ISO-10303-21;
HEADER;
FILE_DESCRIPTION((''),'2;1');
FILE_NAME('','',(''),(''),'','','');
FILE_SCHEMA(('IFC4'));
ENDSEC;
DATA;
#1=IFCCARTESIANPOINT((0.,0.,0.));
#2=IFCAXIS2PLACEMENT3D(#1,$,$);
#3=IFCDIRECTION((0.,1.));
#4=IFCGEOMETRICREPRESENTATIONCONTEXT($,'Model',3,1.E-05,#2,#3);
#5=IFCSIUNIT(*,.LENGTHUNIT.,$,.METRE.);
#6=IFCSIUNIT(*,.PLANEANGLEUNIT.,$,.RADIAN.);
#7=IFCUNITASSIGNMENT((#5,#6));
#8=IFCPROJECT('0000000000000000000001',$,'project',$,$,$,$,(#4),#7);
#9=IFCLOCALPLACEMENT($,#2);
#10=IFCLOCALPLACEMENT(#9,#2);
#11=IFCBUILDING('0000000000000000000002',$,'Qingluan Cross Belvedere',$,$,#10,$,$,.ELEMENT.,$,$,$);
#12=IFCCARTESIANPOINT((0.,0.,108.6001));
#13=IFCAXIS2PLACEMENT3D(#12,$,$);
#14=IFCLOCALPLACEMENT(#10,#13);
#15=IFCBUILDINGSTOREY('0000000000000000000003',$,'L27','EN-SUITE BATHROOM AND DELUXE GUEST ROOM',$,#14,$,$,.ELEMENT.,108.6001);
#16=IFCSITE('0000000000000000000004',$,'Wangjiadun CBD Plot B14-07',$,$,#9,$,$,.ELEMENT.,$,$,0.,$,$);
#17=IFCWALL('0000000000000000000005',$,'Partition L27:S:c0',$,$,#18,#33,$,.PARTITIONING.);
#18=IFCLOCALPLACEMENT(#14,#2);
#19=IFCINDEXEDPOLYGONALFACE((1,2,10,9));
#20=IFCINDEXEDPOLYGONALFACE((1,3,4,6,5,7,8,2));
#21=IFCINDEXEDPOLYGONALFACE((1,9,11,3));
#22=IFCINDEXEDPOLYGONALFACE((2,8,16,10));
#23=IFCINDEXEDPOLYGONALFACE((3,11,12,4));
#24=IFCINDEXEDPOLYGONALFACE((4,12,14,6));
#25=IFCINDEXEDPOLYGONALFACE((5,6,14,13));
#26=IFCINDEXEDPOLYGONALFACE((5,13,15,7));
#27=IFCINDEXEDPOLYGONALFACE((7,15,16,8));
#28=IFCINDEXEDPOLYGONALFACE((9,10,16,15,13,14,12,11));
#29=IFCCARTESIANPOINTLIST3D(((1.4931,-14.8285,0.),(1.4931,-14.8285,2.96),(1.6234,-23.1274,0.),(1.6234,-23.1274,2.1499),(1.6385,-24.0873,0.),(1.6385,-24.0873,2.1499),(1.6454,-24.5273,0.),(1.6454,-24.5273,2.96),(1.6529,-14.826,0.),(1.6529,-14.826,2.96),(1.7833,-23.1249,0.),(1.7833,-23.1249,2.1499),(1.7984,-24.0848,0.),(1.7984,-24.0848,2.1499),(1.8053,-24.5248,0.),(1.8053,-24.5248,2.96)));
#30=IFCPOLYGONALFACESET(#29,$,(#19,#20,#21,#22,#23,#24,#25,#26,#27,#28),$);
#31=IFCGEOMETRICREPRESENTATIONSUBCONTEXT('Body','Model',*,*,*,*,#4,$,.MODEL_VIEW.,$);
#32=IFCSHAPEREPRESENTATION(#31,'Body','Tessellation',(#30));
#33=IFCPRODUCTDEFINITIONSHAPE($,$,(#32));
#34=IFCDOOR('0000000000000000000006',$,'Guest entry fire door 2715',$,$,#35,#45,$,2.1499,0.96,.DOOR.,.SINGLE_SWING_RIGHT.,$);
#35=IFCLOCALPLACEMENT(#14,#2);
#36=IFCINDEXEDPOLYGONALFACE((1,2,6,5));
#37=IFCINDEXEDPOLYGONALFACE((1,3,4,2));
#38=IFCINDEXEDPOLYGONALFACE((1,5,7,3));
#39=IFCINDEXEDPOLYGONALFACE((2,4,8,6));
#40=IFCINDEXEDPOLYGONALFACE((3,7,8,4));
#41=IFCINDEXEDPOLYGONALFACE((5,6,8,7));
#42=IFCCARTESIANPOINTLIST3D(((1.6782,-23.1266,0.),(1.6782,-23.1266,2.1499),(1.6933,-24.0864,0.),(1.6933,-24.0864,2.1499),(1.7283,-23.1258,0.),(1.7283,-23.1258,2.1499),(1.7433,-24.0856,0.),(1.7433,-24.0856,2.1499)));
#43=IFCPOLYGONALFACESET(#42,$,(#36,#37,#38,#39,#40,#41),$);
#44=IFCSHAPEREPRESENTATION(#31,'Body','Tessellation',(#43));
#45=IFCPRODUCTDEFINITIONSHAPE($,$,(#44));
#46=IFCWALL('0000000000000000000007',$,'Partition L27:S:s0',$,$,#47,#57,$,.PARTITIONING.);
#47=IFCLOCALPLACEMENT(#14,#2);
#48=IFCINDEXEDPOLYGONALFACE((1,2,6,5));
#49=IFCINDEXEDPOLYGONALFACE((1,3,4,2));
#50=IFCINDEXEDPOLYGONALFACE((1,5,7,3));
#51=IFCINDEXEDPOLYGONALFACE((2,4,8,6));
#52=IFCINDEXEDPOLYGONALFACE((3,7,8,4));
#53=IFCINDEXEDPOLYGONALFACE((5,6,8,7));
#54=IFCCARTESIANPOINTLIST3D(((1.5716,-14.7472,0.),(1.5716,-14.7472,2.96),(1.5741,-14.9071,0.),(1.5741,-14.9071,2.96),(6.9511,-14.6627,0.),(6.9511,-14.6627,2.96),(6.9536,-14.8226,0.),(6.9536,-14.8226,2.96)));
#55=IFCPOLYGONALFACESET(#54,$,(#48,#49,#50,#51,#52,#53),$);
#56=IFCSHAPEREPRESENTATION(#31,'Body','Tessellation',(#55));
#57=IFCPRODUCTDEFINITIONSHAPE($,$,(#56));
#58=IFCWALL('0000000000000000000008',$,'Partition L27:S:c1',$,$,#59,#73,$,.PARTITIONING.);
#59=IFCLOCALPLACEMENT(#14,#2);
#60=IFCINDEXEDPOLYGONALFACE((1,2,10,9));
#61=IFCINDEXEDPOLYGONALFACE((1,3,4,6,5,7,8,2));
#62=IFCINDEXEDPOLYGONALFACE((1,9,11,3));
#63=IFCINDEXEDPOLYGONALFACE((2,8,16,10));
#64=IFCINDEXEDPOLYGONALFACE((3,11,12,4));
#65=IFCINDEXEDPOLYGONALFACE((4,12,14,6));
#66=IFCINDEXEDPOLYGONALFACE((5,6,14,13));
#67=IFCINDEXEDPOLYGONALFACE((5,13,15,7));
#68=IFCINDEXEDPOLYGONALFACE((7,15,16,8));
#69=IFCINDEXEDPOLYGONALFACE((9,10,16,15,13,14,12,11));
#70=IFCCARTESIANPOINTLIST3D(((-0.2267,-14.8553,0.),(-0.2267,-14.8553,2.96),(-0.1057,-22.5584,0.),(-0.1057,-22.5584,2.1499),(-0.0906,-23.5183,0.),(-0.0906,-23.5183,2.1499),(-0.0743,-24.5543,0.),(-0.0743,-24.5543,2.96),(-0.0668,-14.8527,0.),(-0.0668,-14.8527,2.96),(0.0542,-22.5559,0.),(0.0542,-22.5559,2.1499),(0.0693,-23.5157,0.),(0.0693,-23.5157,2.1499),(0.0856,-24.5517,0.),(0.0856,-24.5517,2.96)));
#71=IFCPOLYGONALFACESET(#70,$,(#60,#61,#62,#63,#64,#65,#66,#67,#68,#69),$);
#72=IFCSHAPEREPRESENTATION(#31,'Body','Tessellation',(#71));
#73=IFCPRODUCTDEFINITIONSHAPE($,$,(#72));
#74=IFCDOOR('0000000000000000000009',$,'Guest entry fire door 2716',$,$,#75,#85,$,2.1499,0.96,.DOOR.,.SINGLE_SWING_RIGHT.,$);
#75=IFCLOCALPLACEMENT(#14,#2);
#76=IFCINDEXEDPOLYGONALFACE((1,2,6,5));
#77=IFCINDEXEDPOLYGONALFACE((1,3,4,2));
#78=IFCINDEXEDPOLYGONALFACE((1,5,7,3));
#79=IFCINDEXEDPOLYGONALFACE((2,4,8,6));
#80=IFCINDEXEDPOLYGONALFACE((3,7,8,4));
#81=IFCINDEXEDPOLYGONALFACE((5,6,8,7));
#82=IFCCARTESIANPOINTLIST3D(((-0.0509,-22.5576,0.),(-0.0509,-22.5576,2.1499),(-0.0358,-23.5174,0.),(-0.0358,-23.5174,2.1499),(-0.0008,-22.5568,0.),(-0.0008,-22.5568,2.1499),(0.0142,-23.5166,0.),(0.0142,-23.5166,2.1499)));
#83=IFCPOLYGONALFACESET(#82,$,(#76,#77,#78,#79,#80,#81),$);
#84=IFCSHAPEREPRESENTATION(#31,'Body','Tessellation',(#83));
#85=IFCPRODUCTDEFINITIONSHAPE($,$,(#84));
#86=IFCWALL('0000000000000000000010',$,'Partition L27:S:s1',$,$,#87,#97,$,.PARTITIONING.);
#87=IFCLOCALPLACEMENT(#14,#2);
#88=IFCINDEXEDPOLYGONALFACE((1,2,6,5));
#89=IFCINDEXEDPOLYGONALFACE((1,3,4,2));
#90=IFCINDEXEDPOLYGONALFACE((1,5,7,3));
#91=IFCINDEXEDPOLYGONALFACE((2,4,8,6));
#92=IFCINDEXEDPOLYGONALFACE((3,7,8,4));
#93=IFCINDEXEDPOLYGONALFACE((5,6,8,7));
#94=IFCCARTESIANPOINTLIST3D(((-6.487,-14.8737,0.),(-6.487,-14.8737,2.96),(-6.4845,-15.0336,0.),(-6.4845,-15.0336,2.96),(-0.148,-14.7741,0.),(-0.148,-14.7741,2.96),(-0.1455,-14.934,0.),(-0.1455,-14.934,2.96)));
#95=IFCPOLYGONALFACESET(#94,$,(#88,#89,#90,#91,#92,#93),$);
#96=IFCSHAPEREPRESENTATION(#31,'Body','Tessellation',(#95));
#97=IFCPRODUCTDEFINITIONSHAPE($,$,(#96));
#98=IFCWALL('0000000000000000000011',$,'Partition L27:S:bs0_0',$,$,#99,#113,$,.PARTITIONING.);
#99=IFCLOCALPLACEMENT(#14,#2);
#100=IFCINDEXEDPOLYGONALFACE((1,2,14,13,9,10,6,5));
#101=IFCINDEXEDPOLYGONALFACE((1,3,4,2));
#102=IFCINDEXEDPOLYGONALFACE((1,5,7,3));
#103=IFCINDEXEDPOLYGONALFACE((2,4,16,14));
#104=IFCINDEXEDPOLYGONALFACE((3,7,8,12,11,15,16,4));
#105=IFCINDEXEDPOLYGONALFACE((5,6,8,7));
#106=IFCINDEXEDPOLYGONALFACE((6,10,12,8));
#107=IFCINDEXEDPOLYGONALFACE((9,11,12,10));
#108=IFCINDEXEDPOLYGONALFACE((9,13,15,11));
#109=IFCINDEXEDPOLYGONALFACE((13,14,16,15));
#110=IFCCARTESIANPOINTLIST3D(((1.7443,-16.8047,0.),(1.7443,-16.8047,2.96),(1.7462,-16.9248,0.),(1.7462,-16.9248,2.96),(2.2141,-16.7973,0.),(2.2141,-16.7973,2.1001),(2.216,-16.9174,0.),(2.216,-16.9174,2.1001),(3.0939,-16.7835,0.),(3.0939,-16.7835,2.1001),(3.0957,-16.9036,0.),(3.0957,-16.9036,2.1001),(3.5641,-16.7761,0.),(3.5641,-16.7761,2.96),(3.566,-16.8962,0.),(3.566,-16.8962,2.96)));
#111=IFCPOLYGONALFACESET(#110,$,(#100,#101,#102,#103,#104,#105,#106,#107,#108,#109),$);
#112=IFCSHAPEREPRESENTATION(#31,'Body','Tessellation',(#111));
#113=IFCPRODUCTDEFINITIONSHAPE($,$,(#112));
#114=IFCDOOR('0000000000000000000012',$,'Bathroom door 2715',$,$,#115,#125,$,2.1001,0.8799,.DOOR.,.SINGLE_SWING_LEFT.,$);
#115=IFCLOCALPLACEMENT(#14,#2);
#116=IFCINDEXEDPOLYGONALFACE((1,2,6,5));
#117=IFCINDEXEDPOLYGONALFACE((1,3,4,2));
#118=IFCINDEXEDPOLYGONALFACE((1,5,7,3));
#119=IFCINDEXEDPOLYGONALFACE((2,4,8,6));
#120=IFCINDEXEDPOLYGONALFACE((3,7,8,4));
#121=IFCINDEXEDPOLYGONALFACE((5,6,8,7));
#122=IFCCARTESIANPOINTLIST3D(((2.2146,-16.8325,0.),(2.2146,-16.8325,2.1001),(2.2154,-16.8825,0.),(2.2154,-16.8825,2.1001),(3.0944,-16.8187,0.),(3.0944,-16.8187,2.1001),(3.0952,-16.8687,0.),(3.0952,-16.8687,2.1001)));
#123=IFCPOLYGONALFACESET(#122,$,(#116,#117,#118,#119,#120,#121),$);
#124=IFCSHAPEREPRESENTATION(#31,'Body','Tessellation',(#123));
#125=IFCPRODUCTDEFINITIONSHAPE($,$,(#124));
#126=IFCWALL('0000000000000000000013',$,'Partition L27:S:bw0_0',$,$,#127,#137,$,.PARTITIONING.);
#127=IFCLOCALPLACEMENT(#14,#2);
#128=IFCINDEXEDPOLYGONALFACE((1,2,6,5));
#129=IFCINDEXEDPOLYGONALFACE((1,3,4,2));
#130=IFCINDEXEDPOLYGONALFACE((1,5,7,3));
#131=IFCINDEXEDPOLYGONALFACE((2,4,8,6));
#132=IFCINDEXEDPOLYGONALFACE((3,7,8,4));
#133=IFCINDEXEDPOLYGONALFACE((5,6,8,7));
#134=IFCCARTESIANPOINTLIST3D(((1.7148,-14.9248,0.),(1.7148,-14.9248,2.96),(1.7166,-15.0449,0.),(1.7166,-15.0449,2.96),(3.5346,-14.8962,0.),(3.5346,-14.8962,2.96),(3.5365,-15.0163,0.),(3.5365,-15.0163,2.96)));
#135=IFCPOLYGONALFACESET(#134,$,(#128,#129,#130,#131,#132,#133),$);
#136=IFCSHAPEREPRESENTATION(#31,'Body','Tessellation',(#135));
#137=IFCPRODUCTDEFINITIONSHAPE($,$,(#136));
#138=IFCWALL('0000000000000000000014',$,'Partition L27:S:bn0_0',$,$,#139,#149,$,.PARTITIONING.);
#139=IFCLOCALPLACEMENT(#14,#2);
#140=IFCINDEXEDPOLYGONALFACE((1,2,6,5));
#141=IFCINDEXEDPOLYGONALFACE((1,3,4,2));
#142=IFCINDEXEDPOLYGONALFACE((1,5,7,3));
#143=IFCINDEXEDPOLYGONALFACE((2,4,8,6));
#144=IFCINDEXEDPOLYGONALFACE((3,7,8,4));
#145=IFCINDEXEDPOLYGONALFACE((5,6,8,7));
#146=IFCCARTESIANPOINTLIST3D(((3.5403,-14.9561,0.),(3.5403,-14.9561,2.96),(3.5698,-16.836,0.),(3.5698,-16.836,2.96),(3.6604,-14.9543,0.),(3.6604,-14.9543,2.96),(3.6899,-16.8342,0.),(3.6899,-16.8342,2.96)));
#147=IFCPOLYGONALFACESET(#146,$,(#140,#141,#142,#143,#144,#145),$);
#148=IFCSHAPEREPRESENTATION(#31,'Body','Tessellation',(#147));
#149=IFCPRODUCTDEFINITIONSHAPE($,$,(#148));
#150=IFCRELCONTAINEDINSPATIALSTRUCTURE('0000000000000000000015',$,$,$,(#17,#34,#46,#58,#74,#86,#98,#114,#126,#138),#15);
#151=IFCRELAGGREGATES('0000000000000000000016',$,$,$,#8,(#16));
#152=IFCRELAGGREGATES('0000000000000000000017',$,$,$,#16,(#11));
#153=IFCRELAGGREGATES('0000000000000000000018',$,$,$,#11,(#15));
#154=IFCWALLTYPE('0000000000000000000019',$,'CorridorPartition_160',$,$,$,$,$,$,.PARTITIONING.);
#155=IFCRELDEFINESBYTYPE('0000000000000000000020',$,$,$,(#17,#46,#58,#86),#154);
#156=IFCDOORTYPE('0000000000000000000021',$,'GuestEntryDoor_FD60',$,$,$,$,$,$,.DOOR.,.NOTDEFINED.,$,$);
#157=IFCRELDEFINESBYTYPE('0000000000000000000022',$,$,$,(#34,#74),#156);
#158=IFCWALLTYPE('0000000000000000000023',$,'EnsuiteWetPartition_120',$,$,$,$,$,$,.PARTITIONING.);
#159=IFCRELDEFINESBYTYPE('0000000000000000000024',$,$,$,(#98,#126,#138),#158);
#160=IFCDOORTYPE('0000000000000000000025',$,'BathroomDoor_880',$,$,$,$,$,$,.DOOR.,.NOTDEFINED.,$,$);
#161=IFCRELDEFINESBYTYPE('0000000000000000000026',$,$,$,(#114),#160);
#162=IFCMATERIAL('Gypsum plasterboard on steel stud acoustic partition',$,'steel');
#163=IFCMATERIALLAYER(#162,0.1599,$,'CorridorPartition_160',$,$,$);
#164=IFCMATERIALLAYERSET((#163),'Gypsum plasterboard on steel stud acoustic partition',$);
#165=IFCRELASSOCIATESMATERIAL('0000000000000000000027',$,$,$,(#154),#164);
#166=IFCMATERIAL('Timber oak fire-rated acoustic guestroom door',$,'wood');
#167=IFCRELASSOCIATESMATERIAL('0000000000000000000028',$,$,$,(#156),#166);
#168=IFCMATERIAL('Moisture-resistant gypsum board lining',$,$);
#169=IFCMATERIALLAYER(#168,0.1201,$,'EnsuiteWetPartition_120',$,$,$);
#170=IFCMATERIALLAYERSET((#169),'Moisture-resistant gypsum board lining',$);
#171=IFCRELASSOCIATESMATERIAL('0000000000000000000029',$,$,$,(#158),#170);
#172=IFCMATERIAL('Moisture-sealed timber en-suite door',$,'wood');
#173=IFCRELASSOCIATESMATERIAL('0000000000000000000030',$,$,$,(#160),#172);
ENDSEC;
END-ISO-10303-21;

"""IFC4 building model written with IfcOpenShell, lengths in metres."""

from ifc_helpers import new_model, si_unit, direction, frame, frame_2d, origin, place, context, subcontext, project, spatial, rectangle, extrude, material, layer, layer_set, type_object, element, fill, save


model = new_model("IFC4")

# Units and contexts
model_context = context("Model", 3, precision=1e-05, world=origin(), true_north=direction((0.0, 1.0)))
body_context = subcontext(model_context, "Body", "Model", "MODEL_VIEW")
ifc_project = project(units=[si_unit("LENGTHUNIT", "METRE"), si_unit("PLANEANGLEUNIT", "RADIAN")], contexts=[model_context])

# Site, building, storey
site_placement = place(None, origin())
site = spatial("IfcSite", under=ifc_project, at=site_placement, Name="Wangjiadun CBD Plot B14-07", CompositionType="ELEMENT", RefElevation=0.0)
building_placement = place(site_placement, origin())
building = spatial("IfcBuilding", under=site, at=building_placement, Name="Qingluan Cross Belvedere", CompositionType="ELEMENT")
storey_placement = place(building_placement, frame((0.0, 0.0, 108.6001)))
storey = spatial("IfcBuildingStorey", under=building, at=storey_placement, Name="L27", Description="EN-SUITE BATHROOM AND DELUXE GUEST ROOM", CompositionType="ELEMENT", Elevation=108.6001)

# Wall, opening, door
ifc_material_1 = material(Name="Gypsum plasterboard on steel stud acoustic partition", Category="steel")
ifc_layer_1 = layer(ifc_material_1, 0.1599, Name="CorridorPartition_160")
ifc_layer_set_1 = layer_set([ifc_layer_1], Name="Gypsum plasterboard on steel stud acoustic partition")
wall_type_1 = type_object("IfcWallType", Name="CorridorPartition_160", PredefinedType="PARTITIONING", material=ifc_layer_set_1)
wall_1_placement = place(storey_placement, frame((1.573, -14.8271, 0.0), z_axis=(0.0, 0.0, 1.0), x_axis=(0.015706, -0.999877, 0.0)))
wall_1 = element("IfcWall", 1, at=wall_1_placement, inside=storey, type_object=wall_type_1, Name="Partition L27:S:c0", PredefinedType="PARTITIONING", context=body_context, shape_type="SweptSolid", body=[
    extrude(rectangle(XDim=9.7, YDim=0.1599, at=frame_2d((4.8501, 0.0))), origin(), (0.0, 0.0, 1.0), 2.96),
])
opening_1_placement = place(wall_1_placement, frame((8.3, 0.0, 0.0)))
opening_1 = element("IfcOpeningElement", 2, at=opening_1_placement, cuts=wall_1, PredefinedType="OPENING", context=body_context, shape_type="SweptSolid", body=[
    extrude(rectangle(XDim=0.96, YDim=2.1499, at=frame_2d((0.48, 1.075))), frame((0.0, 0.0898, 0.0), z_axis=(0.0, -1.0, 0.0), x_axis=(1.0, 0.0, 0.0)), (0.0, 0.0, 1.0), 0.1799),
])
ifc_material_2 = material(Name="Timber oak fire-rated acoustic guestroom door", Category="wood")
door_type_1 = type_object("IfcDoorType", Name="GuestEntryDoor_FD60", OperationType="NOTDEFINED", PredefinedType="DOOR", material=ifc_material_2)
door_1_placement = place(opening_1_placement, origin())
door_1 = element("IfcDoor", 3, at=door_1_placement, inside=storey, type_object=door_type_1, Name="Guest entry fire door 2715", OperationType="SINGLE_SWING_RIGHT", OverallHeight=2.1499, OverallWidth=0.96, PredefinedType="DOOR", context=body_context, shape_type="SweptSolid", body=[
    extrude(rectangle(XDim=0.96, YDim=2.1499, at=frame_2d((0.48, 1.075))), frame((0.0, 0.0249, 0.0), z_axis=(0.0, -1.0, 0.0), x_axis=(1.0, 0.0, 0.0)), (0.0, 0.0, 1.0), 0.05),
])
fill(opening_1, door_1)

# Wall
wall_2_placement = place(storey_placement, frame((1.573, -14.8271, 0.0), z_axis=(0.0, 0.0, 1.0), x_axis=(0.999877, 0.015701, 0.0)))
element("IfcWall", 4, at=wall_2_placement, inside=storey, type_object=wall_type_1, Name="Partition L27:S:s0", PredefinedType="PARTITIONING", context=body_context, shape_type="SweptSolid", body=[
    extrude(rectangle(XDim=5.3801, YDim=0.1599, at=frame_2d((2.6899, 0.0))), origin(), (0.0, 0.0, 1.0), 2.96),
])

# Wall, opening, door
wall_3_placement = place(storey_placement, frame((-0.1467, -14.854, 0.0), z_axis=(0.0, 0.0, 1.0), x_axis=(0.015705, -0.999877, 0.0)))
wall_3 = element("IfcWall", 5, at=wall_3_placement, inside=storey, type_object=wall_type_1, Name="Partition L27:S:c1", PredefinedType="PARTITIONING", context=body_context, shape_type="SweptSolid", body=[
    extrude(rectangle(XDim=9.7002, YDim=0.1599, at=frame_2d((4.8501, 0.0))), origin(), (0.0, 0.0, 1.0), 2.96),
])
opening_2_placement = place(wall_3_placement, frame((7.7041, 0.0, 0.0)))
opening_2 = element("IfcOpeningElement", 6, at=opening_2_placement, cuts=wall_3, PredefinedType="OPENING", context=body_context, shape_type="SweptSolid", body=[
    extrude(rectangle(XDim=0.96, YDim=2.1499, at=frame_2d((0.48, 1.075))), frame((0.0, 0.0898, 0.0), z_axis=(0.0, -1.0, 0.0), x_axis=(1.0, 0.0, 0.0)), (0.0, 0.0, 1.0), 0.1799),
])
door_2_placement = place(opening_2_placement, origin())
door_2 = element("IfcDoor", 7, at=door_2_placement, inside=storey, type_object=door_type_1, Name="Guest entry fire door 2716", OperationType="SINGLE_SWING_RIGHT", OverallHeight=2.1499, OverallWidth=0.96, PredefinedType="DOOR", context=body_context, shape_type="SweptSolid", body=[
    extrude(rectangle(XDim=0.96, YDim=2.1499, at=frame_2d((0.48, 1.075))), frame((0.0, 0.0249, 0.0), z_axis=(0.0, -1.0, 0.0), x_axis=(1.0, 0.0, 0.0)), (0.0, 0.0, 1.0), 0.05),
])
fill(opening_2, door_2)

# Wall
wall_4_placement = place(storey_placement, frame((-0.1467, -14.854, 0.0), z_axis=(0.0, 0.0, 1.0), x_axis=(-0.999877, -0.015712, 0.0)))
element("IfcWall", 8, at=wall_4_placement, inside=storey, type_object=wall_type_1, Name="Partition L27:S:s1", PredefinedType="PARTITIONING", context=body_context, shape_type="SweptSolid", body=[
    extrude(rectangle(XDim=6.3398, YDim=0.1599, at=frame_2d((3.1699, 0.0))), origin(), (0.0, 0.0, 1.0), 2.96),
])

# Wall, opening, door
ifc_material_3 = material(Name="Moisture-resistant gypsum board lining")
ifc_layer_2 = layer(ifc_material_3, 0.1201, Name="EnsuiteWetPartition_120")
ifc_layer_set_2 = layer_set([ifc_layer_2], Name="Moisture-resistant gypsum board lining")
wall_type_2 = type_object("IfcWallType", Name="EnsuiteWetPartition_120", PredefinedType="PARTITIONING", material=ifc_layer_set_2)
wall_5_placement = place(storey_placement, frame((1.7451, -16.8647, 0.0), z_axis=(0.0, 0.0, 1.0), x_axis=(0.999877, 0.015694, 0.0)))
wall_5 = element("IfcWall", 9, at=wall_5_placement, inside=storey, type_object=wall_type_2, Name="Partition L27:S:bs0_0", PredefinedType="PARTITIONING", context=body_context, shape_type="SweptSolid", body=[
    extrude(rectangle(XDim=1.8201, YDim=0.1201, at=frame_2d((0.9102, 0.0))), origin(), (0.0, 0.0, 1.0), 2.96),
])
opening_3_placement = place(wall_5_placement, frame((0.47, 0.0, 0.0)))
opening_3 = element("IfcOpeningElement", 10, at=opening_3_placement, cuts=wall_5, PredefinedType="OPENING", context=body_context, shape_type="SweptSolid", body=[
    extrude(rectangle(XDim=0.8799, YDim=2.1001, at=frame_2d((0.4399, 1.05))), frame((0.0, 0.0701, 0.0), z_axis=(0.0, -1.0, 0.0), x_axis=(1.0, 0.0, 0.0)), (0.0, 0.0, 1.0), 0.1401),
])
ifc_material_4 = material(Name="Moisture-sealed timber en-suite door", Category="wood")
door_type_2 = type_object("IfcDoorType", Name="BathroomDoor_880", OperationType="NOTDEFINED", PredefinedType="DOOR", material=ifc_material_4)
door_3_placement = place(opening_3_placement, origin())
door_3 = element("IfcDoor", 11, at=door_3_placement, inside=storey, type_object=door_type_2, Name="Bathroom door 2715", OperationType="SINGLE_SWING_LEFT", OverallHeight=2.1001, OverallWidth=0.8799, PredefinedType="DOOR", context=body_context, shape_type="SweptSolid", body=[
    extrude(rectangle(XDim=0.8799, YDim=2.1001, at=frame_2d((0.4399, 1.05))), frame((0.0, 0.0249, 0.0), z_axis=(0.0, -1.0, 0.0), x_axis=(1.0, 0.0, 0.0)), (0.0, 0.0, 1.0), 0.05),
])
fill(opening_3, door_3)

# Walls
wall_6_placement = place(storey_placement, frame((1.7156, -14.9849, 0.0), z_axis=(0.0, 0.0, 1.0), x_axis=(0.999877, 0.015694, 0.0)))
element("IfcWall", 12, at=wall_6_placement, inside=storey, type_object=wall_type_2, Name="Partition L27:S:bw0_0", PredefinedType="PARTITIONING", context=body_context, shape_type="SweptSolid", body=[
    extrude(rectangle(XDim=1.8201, YDim=0.1201, at=frame_2d((0.9102, 0.0))), origin(), (0.0, 0.0, 1.0), 2.96),
])
wall_7_placement = place(storey_placement, frame((3.6003, -14.9553, 0.0), z_axis=(0.0, 0.0, 1.0), x_axis=(0.015712, -0.999877, 0.0)))
element("IfcWall", 13, at=wall_7_placement, inside=storey, type_object=wall_type_2, Name="Partition L27:S:bn0_0", PredefinedType="PARTITIONING", context=body_context, shape_type="SweptSolid", body=[
    extrude(rectangle(XDim=1.8801, YDim=0.1201, at=frame_2d((0.9399, 0.0))), origin(), (0.0, 0.0, 1.0), 2.96),
])

save(model, "model.ifc")
